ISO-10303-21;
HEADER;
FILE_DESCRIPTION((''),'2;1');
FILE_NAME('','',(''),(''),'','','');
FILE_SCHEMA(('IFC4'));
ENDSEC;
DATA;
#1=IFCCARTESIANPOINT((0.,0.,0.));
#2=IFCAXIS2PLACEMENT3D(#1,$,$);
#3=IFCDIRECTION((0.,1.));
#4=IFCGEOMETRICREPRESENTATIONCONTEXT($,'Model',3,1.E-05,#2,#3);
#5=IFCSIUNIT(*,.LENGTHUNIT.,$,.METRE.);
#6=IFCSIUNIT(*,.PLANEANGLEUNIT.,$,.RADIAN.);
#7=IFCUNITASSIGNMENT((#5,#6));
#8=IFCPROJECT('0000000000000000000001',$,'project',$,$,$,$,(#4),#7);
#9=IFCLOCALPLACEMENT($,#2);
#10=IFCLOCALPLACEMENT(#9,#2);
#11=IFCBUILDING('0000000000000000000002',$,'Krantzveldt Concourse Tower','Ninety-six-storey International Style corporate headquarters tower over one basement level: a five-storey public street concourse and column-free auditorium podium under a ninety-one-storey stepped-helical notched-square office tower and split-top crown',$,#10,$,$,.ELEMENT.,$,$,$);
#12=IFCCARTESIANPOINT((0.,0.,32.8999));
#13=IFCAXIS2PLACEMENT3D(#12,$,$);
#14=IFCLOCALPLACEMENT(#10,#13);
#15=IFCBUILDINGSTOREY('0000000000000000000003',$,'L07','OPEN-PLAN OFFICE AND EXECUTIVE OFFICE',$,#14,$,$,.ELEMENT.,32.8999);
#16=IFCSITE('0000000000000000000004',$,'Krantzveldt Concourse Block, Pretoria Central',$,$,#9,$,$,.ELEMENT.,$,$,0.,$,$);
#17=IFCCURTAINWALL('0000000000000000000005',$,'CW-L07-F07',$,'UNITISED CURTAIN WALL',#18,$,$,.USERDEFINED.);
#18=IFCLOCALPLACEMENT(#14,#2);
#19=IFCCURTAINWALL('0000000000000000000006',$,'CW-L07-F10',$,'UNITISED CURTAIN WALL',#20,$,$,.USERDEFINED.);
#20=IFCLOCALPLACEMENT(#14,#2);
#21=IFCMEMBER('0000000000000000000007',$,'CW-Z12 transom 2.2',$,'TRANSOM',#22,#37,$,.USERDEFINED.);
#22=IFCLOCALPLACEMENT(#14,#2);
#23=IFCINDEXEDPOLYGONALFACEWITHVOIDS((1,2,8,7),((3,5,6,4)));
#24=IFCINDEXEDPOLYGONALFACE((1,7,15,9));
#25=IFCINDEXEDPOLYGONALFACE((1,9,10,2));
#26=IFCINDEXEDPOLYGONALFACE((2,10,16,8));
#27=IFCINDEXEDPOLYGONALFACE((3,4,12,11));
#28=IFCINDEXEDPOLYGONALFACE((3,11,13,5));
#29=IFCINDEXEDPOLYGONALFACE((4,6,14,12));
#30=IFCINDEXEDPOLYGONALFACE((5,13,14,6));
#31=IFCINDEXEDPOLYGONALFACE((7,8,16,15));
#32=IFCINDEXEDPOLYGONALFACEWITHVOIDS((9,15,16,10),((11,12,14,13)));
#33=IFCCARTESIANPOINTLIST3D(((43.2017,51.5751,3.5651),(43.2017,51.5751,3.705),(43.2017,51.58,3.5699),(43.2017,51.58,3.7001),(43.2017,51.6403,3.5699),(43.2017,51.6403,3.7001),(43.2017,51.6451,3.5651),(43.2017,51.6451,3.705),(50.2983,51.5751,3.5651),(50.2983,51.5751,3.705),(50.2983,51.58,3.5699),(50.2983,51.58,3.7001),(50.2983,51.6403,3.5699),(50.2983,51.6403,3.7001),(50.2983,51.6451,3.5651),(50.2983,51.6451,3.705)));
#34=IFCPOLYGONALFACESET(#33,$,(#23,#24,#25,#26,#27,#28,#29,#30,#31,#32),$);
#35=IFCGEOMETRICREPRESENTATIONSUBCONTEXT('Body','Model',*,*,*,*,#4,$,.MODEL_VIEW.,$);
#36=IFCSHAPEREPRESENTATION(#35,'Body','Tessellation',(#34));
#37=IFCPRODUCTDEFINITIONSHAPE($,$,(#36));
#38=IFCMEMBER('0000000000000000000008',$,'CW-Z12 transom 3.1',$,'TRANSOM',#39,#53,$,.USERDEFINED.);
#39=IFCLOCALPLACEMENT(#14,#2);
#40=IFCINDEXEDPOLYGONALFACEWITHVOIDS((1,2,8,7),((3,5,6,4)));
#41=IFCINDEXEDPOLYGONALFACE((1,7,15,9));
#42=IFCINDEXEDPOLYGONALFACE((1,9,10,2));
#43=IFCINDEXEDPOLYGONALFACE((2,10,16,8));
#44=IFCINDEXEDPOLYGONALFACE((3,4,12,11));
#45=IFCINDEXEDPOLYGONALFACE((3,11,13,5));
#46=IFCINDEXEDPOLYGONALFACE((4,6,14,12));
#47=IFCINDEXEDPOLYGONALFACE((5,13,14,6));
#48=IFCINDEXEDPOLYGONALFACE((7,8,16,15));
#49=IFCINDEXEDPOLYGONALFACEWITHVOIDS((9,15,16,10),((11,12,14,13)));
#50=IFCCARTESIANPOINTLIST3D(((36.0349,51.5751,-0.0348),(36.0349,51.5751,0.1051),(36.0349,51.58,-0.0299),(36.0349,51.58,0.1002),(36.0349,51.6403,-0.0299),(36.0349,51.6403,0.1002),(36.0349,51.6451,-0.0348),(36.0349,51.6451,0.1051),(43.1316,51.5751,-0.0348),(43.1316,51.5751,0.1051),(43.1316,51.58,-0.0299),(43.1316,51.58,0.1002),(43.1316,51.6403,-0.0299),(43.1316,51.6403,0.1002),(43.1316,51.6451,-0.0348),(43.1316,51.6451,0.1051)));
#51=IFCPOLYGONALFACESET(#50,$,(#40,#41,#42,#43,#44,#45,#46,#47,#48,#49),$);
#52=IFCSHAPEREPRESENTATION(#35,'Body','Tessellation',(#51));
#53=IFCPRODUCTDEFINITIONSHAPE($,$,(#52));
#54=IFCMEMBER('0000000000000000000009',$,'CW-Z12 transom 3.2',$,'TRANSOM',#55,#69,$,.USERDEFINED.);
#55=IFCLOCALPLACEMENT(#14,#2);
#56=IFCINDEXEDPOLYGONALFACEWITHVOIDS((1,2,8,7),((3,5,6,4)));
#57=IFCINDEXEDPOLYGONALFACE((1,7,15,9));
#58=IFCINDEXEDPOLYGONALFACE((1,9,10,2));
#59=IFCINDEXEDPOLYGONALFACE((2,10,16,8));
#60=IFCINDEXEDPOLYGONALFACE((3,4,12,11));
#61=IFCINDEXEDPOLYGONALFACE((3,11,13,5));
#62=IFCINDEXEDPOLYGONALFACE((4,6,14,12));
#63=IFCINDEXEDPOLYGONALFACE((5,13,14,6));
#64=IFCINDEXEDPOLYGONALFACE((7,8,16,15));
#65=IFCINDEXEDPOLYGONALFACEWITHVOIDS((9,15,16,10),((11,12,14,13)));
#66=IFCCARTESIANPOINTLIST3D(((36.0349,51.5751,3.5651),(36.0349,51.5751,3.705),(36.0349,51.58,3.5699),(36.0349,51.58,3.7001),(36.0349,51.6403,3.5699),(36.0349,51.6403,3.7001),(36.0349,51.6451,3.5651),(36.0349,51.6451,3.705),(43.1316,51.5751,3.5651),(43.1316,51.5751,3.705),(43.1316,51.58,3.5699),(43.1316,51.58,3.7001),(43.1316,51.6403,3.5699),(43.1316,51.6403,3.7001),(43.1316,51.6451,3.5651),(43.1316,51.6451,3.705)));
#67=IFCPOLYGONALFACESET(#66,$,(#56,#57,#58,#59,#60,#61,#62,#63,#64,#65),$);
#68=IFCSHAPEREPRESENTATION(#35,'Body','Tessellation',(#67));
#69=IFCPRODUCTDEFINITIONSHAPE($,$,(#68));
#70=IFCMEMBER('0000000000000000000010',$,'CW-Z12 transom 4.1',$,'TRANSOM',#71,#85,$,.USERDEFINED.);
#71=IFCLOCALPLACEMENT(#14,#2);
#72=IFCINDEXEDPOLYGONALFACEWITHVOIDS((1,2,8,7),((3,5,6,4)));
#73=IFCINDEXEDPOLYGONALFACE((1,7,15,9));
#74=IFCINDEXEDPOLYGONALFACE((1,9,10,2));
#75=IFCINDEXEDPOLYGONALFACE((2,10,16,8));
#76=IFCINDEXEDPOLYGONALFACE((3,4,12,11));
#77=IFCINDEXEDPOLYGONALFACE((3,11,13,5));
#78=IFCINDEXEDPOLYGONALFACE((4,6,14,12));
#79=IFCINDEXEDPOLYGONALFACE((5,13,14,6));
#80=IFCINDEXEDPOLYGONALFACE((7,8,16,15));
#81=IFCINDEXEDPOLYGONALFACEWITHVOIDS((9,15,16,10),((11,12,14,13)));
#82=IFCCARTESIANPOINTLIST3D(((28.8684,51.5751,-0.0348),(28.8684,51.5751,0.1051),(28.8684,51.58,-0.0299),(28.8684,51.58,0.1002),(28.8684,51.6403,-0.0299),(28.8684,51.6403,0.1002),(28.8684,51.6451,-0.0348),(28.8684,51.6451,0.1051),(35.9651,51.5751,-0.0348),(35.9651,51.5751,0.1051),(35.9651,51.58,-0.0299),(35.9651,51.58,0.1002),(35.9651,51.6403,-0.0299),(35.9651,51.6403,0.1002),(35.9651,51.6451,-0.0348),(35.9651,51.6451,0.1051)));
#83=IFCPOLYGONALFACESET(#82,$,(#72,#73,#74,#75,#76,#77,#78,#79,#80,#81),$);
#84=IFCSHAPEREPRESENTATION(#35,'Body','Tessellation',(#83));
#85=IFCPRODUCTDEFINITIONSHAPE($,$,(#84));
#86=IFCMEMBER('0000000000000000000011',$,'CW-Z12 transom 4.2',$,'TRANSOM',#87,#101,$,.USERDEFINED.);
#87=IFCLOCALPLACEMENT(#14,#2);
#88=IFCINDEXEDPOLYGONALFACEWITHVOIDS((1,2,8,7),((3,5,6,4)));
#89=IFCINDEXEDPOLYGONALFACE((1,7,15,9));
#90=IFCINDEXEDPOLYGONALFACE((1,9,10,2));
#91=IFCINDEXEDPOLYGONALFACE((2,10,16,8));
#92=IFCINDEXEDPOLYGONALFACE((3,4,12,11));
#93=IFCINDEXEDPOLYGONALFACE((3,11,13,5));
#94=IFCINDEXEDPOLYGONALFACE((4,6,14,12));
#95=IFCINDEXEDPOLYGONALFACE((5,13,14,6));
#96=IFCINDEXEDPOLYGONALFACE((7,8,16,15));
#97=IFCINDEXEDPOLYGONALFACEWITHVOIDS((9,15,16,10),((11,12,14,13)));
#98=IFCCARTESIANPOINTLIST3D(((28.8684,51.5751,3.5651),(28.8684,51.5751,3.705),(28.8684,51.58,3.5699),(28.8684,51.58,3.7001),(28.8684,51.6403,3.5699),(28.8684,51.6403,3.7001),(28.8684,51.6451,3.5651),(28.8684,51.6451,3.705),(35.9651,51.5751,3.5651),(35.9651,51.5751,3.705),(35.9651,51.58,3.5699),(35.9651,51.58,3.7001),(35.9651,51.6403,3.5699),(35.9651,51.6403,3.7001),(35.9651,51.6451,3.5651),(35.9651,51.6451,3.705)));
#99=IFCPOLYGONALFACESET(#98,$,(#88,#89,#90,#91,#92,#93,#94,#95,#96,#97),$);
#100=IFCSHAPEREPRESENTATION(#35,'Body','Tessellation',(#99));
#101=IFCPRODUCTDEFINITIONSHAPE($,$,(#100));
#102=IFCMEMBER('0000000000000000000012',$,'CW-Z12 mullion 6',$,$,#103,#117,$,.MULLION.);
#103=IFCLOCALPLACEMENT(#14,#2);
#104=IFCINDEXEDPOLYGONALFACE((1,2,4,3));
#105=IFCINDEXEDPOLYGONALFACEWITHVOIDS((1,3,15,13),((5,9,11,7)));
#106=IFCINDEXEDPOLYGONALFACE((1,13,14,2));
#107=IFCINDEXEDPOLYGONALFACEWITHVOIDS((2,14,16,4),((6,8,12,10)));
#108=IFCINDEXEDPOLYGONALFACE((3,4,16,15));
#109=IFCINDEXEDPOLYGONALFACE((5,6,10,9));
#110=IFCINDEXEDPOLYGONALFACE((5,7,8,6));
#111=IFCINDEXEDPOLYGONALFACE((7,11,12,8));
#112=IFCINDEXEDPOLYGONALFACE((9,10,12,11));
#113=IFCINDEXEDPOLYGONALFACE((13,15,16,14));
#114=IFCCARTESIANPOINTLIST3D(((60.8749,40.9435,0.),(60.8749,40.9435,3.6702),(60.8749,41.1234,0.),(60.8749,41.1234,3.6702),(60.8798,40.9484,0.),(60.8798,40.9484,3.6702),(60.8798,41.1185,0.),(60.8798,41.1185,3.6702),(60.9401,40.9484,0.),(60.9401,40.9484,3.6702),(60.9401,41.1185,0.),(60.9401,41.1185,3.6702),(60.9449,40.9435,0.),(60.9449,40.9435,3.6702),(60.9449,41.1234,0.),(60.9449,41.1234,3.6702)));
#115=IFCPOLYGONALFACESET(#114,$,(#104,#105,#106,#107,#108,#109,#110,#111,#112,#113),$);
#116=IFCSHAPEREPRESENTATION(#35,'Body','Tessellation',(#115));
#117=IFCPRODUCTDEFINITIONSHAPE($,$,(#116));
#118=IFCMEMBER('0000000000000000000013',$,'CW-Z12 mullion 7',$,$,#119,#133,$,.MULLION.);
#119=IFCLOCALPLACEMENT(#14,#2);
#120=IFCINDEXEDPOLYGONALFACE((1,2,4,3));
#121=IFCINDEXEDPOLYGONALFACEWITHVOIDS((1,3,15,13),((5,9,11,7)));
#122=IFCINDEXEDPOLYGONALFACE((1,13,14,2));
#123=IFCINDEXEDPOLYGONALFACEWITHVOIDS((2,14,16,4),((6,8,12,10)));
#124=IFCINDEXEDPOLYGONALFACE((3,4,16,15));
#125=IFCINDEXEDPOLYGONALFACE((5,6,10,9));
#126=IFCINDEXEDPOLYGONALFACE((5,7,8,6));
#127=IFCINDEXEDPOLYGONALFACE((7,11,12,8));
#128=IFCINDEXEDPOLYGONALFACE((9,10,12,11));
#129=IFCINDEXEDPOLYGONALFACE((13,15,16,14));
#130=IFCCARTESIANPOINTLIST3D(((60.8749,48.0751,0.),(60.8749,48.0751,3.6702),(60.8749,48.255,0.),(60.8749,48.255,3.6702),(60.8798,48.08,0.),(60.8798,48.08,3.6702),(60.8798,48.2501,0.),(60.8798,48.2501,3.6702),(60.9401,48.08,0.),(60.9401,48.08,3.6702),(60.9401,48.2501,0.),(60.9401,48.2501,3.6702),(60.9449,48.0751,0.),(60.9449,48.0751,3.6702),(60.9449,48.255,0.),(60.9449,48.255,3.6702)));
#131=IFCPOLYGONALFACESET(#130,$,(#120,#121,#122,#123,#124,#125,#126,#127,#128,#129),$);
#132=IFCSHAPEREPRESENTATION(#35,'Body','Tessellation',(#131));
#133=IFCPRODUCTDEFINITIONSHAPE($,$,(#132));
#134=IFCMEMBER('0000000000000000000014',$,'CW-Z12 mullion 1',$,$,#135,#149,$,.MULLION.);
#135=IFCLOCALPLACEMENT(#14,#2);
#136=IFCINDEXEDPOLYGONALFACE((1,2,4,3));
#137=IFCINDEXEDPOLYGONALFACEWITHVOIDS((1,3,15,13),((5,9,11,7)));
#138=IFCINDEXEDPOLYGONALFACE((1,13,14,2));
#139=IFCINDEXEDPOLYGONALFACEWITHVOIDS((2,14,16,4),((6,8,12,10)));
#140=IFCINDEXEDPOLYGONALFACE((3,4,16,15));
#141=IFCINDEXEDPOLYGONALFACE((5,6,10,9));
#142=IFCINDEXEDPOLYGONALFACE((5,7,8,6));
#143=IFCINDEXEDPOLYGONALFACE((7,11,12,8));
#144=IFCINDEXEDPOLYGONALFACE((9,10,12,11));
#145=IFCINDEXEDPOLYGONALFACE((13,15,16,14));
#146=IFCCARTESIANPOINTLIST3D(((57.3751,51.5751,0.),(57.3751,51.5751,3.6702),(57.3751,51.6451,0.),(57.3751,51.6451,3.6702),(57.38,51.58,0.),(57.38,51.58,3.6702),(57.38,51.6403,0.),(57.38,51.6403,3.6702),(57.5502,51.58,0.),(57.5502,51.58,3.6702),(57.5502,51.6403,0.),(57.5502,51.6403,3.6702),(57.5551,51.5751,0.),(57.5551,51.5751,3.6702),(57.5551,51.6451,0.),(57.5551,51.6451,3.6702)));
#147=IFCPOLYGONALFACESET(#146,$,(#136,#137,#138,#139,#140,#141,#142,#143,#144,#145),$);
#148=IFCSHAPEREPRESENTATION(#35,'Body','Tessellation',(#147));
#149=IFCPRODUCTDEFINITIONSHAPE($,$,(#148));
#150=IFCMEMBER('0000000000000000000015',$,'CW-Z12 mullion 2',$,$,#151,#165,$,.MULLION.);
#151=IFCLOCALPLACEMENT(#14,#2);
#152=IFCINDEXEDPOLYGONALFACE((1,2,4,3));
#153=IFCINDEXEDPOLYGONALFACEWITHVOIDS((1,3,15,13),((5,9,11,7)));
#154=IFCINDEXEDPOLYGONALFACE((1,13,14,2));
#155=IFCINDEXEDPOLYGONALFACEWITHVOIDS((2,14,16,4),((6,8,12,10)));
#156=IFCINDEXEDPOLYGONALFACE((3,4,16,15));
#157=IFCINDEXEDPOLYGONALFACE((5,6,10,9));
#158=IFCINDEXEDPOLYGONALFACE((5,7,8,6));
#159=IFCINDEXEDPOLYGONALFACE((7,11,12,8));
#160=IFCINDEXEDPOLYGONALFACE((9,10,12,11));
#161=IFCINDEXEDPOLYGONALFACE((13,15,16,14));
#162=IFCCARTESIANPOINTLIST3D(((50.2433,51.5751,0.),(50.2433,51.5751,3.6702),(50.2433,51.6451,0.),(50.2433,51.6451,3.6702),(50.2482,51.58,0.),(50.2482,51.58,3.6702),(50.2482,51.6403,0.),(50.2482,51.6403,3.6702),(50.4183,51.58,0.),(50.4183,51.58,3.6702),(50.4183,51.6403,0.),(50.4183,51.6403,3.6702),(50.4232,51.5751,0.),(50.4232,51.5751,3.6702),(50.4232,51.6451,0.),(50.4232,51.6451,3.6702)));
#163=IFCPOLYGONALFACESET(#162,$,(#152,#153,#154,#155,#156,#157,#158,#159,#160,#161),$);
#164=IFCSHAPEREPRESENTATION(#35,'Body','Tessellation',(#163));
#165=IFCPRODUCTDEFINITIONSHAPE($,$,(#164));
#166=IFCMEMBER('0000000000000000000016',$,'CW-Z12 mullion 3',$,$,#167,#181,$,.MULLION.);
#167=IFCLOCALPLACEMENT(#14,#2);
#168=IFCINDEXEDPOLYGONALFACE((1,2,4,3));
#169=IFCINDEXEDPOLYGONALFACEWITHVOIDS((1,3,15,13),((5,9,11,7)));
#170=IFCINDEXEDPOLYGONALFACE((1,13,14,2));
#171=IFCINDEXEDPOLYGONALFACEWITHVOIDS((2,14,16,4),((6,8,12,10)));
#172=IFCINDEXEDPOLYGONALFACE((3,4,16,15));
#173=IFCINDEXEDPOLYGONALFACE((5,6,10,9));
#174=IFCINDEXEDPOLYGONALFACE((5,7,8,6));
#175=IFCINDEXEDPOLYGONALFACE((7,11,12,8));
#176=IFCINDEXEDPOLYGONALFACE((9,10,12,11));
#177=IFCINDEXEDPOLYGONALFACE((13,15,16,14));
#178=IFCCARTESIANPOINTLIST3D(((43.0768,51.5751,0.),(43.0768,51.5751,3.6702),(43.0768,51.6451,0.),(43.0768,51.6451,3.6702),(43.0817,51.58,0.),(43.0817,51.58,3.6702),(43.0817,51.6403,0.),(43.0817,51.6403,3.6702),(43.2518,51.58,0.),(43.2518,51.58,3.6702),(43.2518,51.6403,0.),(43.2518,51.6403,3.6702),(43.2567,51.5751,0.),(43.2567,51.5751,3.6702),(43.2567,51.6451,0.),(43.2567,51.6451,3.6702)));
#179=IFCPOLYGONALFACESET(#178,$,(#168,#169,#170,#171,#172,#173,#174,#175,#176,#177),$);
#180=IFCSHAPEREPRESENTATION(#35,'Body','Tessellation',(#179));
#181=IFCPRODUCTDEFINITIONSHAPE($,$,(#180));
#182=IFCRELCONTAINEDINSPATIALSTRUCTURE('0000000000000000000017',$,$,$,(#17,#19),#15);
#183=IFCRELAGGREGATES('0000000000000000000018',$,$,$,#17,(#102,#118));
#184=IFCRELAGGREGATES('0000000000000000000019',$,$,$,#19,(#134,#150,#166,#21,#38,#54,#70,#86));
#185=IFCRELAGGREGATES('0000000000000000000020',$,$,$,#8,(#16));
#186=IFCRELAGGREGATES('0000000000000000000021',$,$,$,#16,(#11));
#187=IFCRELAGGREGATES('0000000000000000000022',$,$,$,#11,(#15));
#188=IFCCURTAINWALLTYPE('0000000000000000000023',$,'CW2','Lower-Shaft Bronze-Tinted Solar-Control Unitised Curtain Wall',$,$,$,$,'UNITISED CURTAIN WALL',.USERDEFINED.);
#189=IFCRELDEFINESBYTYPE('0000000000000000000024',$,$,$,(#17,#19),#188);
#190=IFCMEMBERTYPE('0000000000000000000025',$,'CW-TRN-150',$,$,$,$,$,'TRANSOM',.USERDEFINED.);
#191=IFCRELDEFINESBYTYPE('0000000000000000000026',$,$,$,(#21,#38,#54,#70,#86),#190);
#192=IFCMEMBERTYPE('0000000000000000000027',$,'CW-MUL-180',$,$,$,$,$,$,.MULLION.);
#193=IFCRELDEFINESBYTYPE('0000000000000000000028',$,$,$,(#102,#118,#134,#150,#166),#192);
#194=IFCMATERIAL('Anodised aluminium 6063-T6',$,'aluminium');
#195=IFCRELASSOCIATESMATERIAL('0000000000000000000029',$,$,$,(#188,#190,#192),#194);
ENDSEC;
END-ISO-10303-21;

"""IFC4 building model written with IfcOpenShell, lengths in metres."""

from ifc_helpers import new_model, si_unit, direction, frame, origin, origin_2d, place, context, subcontext, project, spatial, hollow_rectangle, extrude, source, transform, mapped, material, material_profile, profile_set, type_object, type_shapes, element, aggregate, save


model = new_model("IFC4")

# Units and contexts
model_context = context("Model", 3, precision=1e-05, world=origin(), true_north=direction((0.0, 1.0)))
body_context = subcontext(model_context, "Body", "Model", "MODEL_VIEW")
ifc_project = project(units=[si_unit("LENGTHUNIT", "METRE"), si_unit("PLANEANGLEUNIT", "RADIAN")], contexts=[model_context])

# Site, building, storey
site_placement = place(None, origin())
site = spatial("IfcSite", under=ifc_project, at=site_placement, Name="Krantzveldt Concourse Block, Pretoria Central", CompositionType="ELEMENT", RefElevation=0.0)
building_placement = place(site_placement, origin())
building = spatial("IfcBuilding", under=site, at=building_placement, Name="Krantzveldt Concourse Tower", Description="Ninety-six-storey International Style corporate headquarters tower over one basement level: a five-storey public street concourse and column-free auditorium podium under a ninety-one-storey stepped-helical notched-square office tower and split-top crown", CompositionType="ELEMENT")
storey_placement = place(building_placement, frame((0.0, 0.0, 32.8999)))
storey = spatial("IfcBuildingStorey", under=building, at=storey_placement, Name="L07", Description="OPEN-PLAN OFFICE AND EXECUTIVE OFFICE", CompositionType="ELEMENT", Elevation=32.8999)

# Curtain walls, members
ifc_material_1 = material(Name="Anodised aluminium 6063-T6", Category="aluminium")
curtain_wall_type = type_object("IfcCurtainWallType", Name="CW2", Description="Lower-Shaft Bronze-Tinted Solar-Control Unitised Curtain Wall", ElementType="UNITISED CURTAIN WALL", PredefinedType="USERDEFINED", material=ifc_material_1)
curtain_wall_1_placement = place(storey_placement, origin())
curtain_wall_1 = element("IfcCurtainWall", 1, at=curtain_wall_1_placement, inside=storey, type_object=curtain_wall_type, Name="CW-L07-F07", ObjectType="UNITISED CURTAIN WALL", PredefinedType="USERDEFINED")
ifc_material_profile_1 = material_profile(ifc_material_1, hollow_rectangle(XDim=0.0701, YDim=0.1399, WallThickness=0.0049, at=origin_2d()), Name="Anodised aluminium 6063-T6", Category="aluminium")
ifc_profile_set_1 = profile_set([ifc_material_profile_1], Name="Anodised aluminium 6063-T6 - ALU-TRAN 140x70x5")
member_type_1 = type_object("IfcMemberType", Name="CW-TRN-150", ElementType="TRANSOM", PredefinedType="USERDEFINED", material=ifc_profile_set_1)
curtain_wall_2_placement = place(storey_placement, origin())
curtain_wall_2 = element("IfcCurtainWall", 2, at=curtain_wall_2_placement, inside=storey, type_object=curtain_wall_type, Name="CW-L07-F10", ObjectType="UNITISED CURTAIN WALL", PredefinedType="USERDEFINED")
shared_shape_1 = source(origin(), body_context, "Body", "SweptSolid", [
    extrude(hollow_rectangle(XDim=0.0701, YDim=0.1399, WallThickness=0.0049, at=origin_2d()), origin(), (0.0, 0.0, 1.0), 7.0967),
])
member_1_placement = place(storey_placement, frame((50.2983, 51.6101, 3.635), z_axis=(-1.0, 0.0, 0.0), x_axis=(0.0, -1.0, 0.0)))
member_1 = element("IfcMember", 3, at=member_1_placement, type_object=member_type_1, Name="CW-Z12 transom 2.2", ObjectType="TRANSOM", PredefinedType="USERDEFINED", context=body_context, shape_type="MappedRepresentation", body=[
    mapped(shared_shape_1, transform((0.0, 0.0, 0.0), x_axis=(1.0, 0.0, 0.0), y_axis=(0.0, 1.0, 0.0), z_axis=(0.0, 0.0, 1.0), scale=1.0)),
])
member_2_placement = place(storey_placement, frame((43.1316, 51.6101, 0.0352), z_axis=(-1.0, 0.0, 0.0), x_axis=(0.0, -1.0, 0.0)))
member_2 = element("IfcMember", 4, at=member_2_placement, type_object=member_type_1, Name="CW-Z12 transom 3.1", ObjectType="TRANSOM", PredefinedType="USERDEFINED", context=body_context, shape_type="MappedRepresentation", body=[
    mapped(shared_shape_1, transform((0.0, 0.0, 0.0), x_axis=(1.0, 0.0, 0.0), y_axis=(0.0, 1.0, 0.0), z_axis=(0.0, 0.0, 1.0), scale=1.0)),
])
member_3_placement = place(storey_placement, frame((43.1316, 51.6101, 3.635), z_axis=(-1.0, 0.0, 0.0), x_axis=(0.0, -1.0, 0.0)))
member_3 = element("IfcMember", 5, at=member_3_placement, type_object=member_type_1, Name="CW-Z12 transom 3.2", ObjectType="TRANSOM", PredefinedType="USERDEFINED", context=body_context, shape_type="MappedRepresentation", body=[
    mapped(shared_shape_1, transform((0.0, 0.0, 0.0), x_axis=(1.0, 0.0, 0.0), y_axis=(0.0, 1.0, 0.0), z_axis=(0.0, 0.0, 1.0), scale=1.0)),
])
member_4_placement = place(storey_placement, frame((35.9651, 51.6101, 0.0352), z_axis=(-1.0, 0.0, 0.0), x_axis=(0.0, -1.0, 0.0)))
member_4 = element("IfcMember", 6, at=member_4_placement, type_object=member_type_1, Name="CW-Z12 transom 4.1", ObjectType="TRANSOM", PredefinedType="USERDEFINED", context=body_context, shape_type="MappedRepresentation", body=[
    mapped(shared_shape_1, transform((0.0, 0.0, 0.0), x_axis=(1.0, 0.0, 0.0), y_axis=(0.0, 1.0, 0.0), z_axis=(0.0, 0.0, 1.0), scale=1.0)),
])
member_5_placement = place(storey_placement, frame((35.9651, 51.6101, 3.635), z_axis=(-1.0, 0.0, 0.0), x_axis=(0.0, -1.0, 0.0)))
member_5 = element("IfcMember", 7, at=member_5_placement, type_object=member_type_1, Name="CW-Z12 transom 4.2", ObjectType="TRANSOM", PredefinedType="USERDEFINED", context=body_context, shape_type="MappedRepresentation", body=[
    mapped(shared_shape_1, transform((0.0, 0.0, 0.0), x_axis=(1.0, 0.0, 0.0), y_axis=(0.0, 1.0, 0.0), z_axis=(0.0, 0.0, 1.0), scale=1.0)),
])

# Members
ifc_material_profile_2 = material_profile(ifc_material_1, hollow_rectangle(XDim=0.0701, YDim=0.1799, WallThickness=0.0049, at=origin_2d()), Name="Anodised aluminium 6063-T6", Category="aluminium")
ifc_profile_set_2 = profile_set([ifc_material_profile_2], Name="Anodised aluminium 6063-T6 - ALU-MULL 180x70x5")
member_type_2 = type_object("IfcMemberType", Name="CW-MUL-180", PredefinedType="MULLION", material=ifc_profile_set_2)
shared_shape_2 = source(origin(), body_context, "Body", "SweptSolid", [
    extrude(hollow_rectangle(XDim=0.0701, YDim=0.1799, WallThickness=0.0049, at=origin_2d()), origin(), (0.0, 0.0, 1.0), 3.6702),
])
type_shapes(member_type_2, [shared_shape_2])
member_6_placement = place(storey_placement, frame((60.9099, 41.0334, 0.0), z_axis=(0.0, 0.0, 1.0), x_axis=(-1.0, 0.0, 0.0)))
member_6 = element("IfcMember", 8, at=member_6_placement, type_object=member_type_2, Name="CW-Z12 mullion 6", PredefinedType="MULLION", context=body_context, shape_type="MappedRepresentation", body=[
    mapped(shared_shape_2, transform((0.0, 0.0, 0.0), x_axis=(1.0, 0.0, 0.0), y_axis=(0.0, 1.0, 0.0), z_axis=(0.0, 0.0, 1.0), scale=1.0)),
])
member_7_placement = place(storey_placement, frame((60.9099, 48.165, 0.0), z_axis=(0.0, 0.0, 1.0), x_axis=(-1.0, 0.0, 0.0)))
member_7 = element("IfcMember", 9, at=member_7_placement, type_object=member_type_2, Name="CW-Z12 mullion 7", PredefinedType="MULLION", context=body_context, shape_type="MappedRepresentation", body=[
    mapped(shared_shape_2, transform((0.0, 0.0, 0.0), x_axis=(1.0, 0.0, 0.0), y_axis=(0.0, 1.0, 0.0), z_axis=(0.0, 0.0, 1.0), scale=1.0)),
])
member_8_placement = place(storey_placement, frame((57.4651, 51.6101, 0.0), z_axis=(0.0, 0.0, 1.0), x_axis=(0.0, -1.0, 0.0)))
member_8 = element("IfcMember", 10, at=member_8_placement, type_object=member_type_2, Name="CW-Z12 mullion 1", PredefinedType="MULLION", context=body_context, shape_type="MappedRepresentation", body=[
    mapped(shared_shape_2, transform((0.0, 0.0, 0.0), x_axis=(1.0, 0.0, 0.0), y_axis=(0.0, 1.0, 0.0), z_axis=(0.0, 0.0, 1.0), scale=1.0)),
])
member_9_placement = place(storey_placement, frame((50.3333, 51.6101, 0.0), z_axis=(0.0, 0.0, 1.0), x_axis=(0.0, -1.0, 0.0)))
member_9 = element("IfcMember", 11, at=member_9_placement, type_object=member_type_2, Name="CW-Z12 mullion 2", PredefinedType="MULLION", context=body_context, shape_type="MappedRepresentation", body=[
    mapped(shared_shape_2, transform((0.0, 0.0, 0.0), x_axis=(1.0, 0.0, 0.0), y_axis=(0.0, 1.0, 0.0), z_axis=(0.0, 0.0, 1.0), scale=1.0)),
])
member_10_placement = place(storey_placement, frame((43.1667, 51.6101, 0.0), z_axis=(0.0, 0.0, 1.0), x_axis=(0.0, -1.0, 0.0)))
member_10 = element("IfcMember", 12, at=member_10_placement, type_object=member_type_2, Name="CW-Z12 mullion 3", PredefinedType="MULLION", context=body_context, shape_type="MappedRepresentation", body=[
    mapped(shared_shape_2, transform((0.0, 0.0, 0.0), x_axis=(1.0, 0.0, 0.0), y_axis=(0.0, 1.0, 0.0), z_axis=(0.0, 0.0, 1.0), scale=1.0)),
])

aggregate(curtain_wall_1, [member_6, member_7])
aggregate(curtain_wall_2, [member_8, member_9, member_10, member_1, member_2, member_3, member_4, member_5])

save(model, "model.ifc")
